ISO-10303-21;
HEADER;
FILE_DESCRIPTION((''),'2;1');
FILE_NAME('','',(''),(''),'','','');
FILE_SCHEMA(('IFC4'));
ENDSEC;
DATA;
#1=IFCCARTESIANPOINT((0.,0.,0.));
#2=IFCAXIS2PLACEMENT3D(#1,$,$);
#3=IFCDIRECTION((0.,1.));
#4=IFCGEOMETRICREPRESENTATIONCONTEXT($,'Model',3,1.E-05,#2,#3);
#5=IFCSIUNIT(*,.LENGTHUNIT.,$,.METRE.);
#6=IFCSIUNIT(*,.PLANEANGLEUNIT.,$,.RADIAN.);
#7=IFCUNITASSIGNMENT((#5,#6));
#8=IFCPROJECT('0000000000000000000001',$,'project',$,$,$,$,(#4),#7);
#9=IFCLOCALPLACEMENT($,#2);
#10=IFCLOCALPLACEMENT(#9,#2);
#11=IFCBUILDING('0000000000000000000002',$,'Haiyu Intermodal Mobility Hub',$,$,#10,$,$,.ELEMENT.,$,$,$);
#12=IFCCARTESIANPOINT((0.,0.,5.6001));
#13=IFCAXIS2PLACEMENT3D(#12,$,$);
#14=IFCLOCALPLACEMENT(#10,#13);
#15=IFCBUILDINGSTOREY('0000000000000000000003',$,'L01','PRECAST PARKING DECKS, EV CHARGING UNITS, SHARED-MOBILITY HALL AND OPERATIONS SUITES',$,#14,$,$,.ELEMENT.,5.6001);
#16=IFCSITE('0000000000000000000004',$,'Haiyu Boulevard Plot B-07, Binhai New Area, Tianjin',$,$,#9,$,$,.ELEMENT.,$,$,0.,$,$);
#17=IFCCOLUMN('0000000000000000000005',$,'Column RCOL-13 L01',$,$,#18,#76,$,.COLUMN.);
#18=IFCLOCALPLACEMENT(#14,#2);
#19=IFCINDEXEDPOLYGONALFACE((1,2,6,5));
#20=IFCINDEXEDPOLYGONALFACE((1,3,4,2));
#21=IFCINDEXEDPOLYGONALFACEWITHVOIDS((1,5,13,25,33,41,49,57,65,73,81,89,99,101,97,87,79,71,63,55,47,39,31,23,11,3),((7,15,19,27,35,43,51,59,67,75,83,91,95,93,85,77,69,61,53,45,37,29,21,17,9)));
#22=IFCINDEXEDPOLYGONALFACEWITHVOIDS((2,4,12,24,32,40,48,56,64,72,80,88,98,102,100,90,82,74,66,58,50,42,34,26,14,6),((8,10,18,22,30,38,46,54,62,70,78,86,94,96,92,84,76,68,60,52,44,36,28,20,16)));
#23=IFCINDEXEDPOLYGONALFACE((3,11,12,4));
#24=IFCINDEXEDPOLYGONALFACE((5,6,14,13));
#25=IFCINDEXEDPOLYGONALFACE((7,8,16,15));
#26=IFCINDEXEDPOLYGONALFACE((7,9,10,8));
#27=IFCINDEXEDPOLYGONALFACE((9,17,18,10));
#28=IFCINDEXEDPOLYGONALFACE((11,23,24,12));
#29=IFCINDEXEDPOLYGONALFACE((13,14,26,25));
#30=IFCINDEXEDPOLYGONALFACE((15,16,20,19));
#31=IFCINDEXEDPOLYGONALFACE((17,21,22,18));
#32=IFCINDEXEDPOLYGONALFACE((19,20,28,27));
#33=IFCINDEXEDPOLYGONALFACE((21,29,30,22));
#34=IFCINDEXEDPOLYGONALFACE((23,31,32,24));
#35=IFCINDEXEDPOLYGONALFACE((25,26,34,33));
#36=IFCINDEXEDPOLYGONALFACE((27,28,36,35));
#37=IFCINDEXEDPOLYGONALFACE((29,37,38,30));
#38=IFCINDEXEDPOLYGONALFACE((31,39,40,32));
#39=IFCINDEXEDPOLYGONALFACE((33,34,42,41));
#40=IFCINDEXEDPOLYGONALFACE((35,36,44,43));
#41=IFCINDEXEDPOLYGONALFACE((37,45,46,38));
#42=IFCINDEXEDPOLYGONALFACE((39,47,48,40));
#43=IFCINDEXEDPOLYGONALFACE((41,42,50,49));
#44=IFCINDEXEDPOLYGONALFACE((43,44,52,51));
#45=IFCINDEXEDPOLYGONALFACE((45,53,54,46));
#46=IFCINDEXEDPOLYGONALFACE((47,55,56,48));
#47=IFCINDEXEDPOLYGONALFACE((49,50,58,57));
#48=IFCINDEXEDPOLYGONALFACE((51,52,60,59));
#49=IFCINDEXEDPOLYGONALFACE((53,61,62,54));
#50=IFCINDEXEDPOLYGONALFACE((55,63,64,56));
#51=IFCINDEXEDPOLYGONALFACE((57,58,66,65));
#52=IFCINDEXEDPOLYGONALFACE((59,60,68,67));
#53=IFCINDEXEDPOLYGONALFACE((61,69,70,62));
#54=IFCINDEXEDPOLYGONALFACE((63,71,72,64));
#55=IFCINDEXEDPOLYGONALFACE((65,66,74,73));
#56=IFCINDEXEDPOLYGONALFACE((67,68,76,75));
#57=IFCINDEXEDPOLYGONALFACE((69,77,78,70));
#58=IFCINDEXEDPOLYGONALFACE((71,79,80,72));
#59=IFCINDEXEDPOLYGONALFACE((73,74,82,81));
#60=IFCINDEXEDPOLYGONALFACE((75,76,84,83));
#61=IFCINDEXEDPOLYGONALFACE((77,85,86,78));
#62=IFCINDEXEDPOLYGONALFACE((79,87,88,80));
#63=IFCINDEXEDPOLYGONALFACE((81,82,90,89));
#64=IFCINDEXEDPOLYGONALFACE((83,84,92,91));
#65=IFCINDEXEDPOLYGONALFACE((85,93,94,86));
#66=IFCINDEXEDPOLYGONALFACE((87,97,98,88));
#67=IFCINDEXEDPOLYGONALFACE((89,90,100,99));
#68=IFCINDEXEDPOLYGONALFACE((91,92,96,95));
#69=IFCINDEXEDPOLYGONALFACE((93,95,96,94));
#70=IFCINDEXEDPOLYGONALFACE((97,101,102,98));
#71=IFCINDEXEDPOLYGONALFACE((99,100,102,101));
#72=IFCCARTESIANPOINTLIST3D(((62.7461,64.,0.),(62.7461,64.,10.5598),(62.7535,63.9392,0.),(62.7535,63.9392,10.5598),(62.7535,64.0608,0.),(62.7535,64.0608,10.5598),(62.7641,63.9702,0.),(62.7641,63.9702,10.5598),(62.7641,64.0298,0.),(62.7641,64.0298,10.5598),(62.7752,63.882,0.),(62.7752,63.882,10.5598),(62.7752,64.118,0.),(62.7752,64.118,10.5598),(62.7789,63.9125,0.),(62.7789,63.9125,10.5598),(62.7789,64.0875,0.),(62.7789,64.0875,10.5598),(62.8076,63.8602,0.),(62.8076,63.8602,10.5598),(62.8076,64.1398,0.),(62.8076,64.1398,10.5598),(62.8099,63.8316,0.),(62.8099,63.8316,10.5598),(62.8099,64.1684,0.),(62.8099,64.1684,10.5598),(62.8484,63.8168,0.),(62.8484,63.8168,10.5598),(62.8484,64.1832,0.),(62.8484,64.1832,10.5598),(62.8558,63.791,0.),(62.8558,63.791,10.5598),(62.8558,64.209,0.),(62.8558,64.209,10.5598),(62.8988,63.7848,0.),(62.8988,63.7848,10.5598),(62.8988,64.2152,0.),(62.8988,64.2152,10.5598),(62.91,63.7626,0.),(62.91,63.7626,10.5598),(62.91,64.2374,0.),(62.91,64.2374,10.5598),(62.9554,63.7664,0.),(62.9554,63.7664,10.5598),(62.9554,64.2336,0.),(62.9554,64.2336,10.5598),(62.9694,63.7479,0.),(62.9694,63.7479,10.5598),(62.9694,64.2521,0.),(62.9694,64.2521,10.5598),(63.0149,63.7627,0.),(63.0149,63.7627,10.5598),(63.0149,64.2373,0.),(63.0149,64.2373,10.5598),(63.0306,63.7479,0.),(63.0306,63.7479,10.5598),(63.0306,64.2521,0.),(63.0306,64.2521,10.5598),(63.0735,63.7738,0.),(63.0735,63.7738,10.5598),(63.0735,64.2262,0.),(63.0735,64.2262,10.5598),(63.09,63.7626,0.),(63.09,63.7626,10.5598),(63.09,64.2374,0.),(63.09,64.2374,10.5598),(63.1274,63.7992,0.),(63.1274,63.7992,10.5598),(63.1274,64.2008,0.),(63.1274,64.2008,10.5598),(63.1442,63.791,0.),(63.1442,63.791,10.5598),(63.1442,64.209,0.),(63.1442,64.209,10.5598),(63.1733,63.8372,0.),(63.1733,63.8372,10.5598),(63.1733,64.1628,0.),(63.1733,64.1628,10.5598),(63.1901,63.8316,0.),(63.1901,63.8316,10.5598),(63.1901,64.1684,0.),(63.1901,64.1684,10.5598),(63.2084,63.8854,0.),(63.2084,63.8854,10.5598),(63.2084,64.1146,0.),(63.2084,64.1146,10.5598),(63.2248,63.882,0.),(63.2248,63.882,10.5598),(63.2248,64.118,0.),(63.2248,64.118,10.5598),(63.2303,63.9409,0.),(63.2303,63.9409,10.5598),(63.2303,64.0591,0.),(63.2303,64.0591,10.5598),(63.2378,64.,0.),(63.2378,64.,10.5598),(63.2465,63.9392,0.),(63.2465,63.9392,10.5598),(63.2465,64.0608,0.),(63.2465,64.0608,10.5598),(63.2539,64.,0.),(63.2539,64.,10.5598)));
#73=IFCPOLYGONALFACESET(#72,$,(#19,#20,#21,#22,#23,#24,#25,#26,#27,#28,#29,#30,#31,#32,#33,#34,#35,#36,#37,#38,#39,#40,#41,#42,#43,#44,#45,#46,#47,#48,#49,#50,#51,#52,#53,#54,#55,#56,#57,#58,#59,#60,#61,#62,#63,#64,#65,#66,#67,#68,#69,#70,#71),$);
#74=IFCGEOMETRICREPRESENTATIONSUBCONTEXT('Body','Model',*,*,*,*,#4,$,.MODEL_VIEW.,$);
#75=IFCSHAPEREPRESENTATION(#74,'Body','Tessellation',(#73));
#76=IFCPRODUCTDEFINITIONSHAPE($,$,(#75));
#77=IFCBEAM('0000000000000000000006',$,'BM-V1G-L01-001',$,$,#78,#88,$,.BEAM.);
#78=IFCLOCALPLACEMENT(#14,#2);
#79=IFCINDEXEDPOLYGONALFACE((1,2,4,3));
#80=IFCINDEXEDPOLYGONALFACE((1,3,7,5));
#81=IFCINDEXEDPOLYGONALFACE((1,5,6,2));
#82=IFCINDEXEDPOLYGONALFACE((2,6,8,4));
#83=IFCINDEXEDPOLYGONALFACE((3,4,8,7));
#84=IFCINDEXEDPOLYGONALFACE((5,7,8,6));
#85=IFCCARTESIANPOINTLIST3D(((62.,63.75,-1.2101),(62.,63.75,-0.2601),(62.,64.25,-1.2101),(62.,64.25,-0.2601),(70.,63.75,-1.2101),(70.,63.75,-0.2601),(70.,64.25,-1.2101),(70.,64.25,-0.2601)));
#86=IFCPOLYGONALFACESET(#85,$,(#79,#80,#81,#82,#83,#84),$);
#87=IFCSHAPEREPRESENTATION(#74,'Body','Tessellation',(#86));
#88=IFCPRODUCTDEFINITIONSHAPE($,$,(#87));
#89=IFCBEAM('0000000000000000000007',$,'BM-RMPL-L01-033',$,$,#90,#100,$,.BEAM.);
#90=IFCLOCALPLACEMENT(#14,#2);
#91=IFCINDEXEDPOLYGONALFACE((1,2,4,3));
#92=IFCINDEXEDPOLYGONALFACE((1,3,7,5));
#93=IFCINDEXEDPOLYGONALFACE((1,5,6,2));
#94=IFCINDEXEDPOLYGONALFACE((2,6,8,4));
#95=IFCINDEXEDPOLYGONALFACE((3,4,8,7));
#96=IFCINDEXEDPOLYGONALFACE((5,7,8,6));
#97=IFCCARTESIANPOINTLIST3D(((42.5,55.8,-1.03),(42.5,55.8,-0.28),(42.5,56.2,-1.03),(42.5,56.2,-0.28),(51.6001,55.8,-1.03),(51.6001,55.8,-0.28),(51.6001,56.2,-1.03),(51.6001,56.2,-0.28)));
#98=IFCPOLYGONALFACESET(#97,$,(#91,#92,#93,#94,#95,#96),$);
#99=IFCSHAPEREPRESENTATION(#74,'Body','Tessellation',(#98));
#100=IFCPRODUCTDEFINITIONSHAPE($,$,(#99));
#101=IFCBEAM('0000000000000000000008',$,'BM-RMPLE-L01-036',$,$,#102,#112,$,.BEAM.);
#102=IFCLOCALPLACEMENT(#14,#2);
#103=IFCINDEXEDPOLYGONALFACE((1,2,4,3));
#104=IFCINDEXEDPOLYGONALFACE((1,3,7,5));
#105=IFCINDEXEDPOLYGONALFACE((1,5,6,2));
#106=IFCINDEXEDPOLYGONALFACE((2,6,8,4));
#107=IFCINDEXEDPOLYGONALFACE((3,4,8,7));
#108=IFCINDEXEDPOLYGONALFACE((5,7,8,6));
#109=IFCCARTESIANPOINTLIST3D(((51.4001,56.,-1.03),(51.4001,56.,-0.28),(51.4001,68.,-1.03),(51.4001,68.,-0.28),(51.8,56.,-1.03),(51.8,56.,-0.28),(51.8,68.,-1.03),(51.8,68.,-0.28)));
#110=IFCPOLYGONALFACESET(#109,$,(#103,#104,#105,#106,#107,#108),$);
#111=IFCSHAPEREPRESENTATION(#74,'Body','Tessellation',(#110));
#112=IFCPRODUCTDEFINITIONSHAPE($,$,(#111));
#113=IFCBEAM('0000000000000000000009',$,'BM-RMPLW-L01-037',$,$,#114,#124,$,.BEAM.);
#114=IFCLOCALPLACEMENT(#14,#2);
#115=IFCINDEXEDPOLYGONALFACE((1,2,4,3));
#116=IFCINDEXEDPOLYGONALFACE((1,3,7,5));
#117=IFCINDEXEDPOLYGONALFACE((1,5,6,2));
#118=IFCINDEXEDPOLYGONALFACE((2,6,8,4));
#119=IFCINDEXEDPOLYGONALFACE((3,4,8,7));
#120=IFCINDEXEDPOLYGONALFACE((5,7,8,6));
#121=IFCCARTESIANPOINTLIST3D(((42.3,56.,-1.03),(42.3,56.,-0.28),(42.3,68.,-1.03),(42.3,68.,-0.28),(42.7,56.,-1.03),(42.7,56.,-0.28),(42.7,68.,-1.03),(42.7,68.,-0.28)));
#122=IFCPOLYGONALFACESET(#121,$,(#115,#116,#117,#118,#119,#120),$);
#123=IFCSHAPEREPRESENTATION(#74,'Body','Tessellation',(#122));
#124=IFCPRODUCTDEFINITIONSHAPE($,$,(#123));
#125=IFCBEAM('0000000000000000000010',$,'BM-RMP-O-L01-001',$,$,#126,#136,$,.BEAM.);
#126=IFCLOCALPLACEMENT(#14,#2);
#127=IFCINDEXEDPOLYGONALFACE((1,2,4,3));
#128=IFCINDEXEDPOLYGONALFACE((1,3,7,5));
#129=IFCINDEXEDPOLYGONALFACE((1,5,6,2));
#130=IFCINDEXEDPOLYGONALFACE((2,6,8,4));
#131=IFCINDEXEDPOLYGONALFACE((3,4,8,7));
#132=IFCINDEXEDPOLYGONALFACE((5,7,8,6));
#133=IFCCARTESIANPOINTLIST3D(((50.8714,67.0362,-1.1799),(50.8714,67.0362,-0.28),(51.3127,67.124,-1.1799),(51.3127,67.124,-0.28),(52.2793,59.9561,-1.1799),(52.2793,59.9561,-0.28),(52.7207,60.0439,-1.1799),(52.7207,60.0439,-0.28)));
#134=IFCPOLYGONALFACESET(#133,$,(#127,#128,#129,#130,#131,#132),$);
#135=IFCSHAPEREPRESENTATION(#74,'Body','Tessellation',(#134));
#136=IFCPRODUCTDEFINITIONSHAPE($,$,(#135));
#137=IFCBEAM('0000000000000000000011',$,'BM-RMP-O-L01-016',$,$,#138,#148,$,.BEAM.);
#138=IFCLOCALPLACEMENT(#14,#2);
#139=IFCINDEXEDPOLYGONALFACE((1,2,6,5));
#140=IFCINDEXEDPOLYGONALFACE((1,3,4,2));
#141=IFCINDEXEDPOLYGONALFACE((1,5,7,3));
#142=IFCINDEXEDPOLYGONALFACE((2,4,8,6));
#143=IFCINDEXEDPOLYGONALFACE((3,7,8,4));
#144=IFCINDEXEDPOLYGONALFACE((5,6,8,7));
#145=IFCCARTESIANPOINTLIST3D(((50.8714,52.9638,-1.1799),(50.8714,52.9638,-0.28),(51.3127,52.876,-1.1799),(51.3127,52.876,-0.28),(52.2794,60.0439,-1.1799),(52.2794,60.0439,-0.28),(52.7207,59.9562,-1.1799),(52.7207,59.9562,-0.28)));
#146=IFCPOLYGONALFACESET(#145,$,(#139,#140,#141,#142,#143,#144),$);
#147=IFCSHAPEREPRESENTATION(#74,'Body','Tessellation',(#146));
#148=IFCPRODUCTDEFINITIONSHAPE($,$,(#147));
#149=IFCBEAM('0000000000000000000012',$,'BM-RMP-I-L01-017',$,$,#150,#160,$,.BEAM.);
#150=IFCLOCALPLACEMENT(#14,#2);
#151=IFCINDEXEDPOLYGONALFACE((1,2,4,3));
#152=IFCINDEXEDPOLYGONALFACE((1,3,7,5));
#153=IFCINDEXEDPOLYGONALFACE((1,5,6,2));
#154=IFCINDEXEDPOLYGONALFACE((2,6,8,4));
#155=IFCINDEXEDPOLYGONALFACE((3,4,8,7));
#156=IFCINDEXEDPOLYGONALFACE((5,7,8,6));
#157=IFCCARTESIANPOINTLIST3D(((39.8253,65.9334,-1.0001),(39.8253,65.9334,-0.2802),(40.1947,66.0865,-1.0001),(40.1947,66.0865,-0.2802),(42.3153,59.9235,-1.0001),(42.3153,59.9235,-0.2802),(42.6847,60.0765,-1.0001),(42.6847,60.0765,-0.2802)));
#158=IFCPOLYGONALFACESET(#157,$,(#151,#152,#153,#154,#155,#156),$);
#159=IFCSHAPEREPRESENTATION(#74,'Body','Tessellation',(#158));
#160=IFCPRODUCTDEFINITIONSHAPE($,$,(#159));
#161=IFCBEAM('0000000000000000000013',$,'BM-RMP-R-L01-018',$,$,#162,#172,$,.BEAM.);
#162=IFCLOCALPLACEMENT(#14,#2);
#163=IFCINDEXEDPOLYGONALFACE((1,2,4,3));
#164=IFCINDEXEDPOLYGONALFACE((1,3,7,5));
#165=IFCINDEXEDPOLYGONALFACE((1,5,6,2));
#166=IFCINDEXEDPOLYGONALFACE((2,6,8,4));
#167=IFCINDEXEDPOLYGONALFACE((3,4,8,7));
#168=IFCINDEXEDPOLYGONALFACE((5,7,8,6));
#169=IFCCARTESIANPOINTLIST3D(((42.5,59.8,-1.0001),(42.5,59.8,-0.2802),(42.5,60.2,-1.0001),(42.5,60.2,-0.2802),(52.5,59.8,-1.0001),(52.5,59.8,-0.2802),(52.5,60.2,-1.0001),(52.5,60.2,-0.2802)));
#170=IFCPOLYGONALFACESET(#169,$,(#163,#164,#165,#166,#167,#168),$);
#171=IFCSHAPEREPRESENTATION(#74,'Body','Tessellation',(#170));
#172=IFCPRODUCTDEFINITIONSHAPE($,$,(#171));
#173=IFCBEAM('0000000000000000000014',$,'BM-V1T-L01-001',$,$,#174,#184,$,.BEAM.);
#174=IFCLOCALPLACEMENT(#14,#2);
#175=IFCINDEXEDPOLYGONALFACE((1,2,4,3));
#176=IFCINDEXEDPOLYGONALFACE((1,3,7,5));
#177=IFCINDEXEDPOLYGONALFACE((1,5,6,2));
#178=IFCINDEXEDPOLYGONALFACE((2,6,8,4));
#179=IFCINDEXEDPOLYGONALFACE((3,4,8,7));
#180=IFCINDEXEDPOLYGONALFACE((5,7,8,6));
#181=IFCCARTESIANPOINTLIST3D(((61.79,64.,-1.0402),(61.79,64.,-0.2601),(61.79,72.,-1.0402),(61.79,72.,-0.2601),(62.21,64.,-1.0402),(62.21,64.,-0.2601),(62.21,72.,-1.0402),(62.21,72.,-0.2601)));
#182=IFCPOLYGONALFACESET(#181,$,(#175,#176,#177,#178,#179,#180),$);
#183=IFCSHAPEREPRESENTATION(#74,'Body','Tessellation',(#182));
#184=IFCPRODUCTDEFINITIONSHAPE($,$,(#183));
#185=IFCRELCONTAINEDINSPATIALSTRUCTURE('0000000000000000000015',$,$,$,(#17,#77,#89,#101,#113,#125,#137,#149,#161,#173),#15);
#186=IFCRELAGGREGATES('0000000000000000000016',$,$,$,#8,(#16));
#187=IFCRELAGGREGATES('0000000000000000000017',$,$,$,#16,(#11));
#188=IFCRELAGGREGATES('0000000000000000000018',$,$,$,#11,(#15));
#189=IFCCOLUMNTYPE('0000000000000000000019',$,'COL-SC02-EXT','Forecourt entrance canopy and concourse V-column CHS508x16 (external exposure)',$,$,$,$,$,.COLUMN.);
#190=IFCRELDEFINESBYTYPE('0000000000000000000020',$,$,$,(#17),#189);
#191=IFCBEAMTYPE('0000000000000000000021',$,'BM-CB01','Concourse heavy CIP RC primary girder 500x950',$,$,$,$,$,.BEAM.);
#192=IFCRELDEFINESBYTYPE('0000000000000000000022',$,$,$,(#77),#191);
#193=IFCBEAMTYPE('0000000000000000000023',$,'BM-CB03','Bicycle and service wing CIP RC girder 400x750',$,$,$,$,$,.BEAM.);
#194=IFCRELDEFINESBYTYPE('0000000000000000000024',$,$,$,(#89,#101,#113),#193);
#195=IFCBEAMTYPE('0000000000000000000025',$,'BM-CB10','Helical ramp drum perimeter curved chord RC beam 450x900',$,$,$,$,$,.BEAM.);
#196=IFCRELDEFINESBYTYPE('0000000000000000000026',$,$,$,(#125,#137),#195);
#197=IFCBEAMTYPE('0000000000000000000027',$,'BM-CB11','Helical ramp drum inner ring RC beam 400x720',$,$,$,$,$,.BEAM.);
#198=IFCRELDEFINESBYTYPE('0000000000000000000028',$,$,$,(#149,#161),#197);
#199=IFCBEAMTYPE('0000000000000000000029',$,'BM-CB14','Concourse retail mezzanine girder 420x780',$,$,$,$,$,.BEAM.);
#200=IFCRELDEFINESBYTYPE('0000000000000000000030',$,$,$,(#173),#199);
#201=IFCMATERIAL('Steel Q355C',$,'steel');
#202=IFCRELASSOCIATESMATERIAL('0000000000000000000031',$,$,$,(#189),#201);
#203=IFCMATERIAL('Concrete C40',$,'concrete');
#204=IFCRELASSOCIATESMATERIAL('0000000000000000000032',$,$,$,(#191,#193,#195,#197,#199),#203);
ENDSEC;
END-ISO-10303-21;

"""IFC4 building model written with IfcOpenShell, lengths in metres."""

from ifc_helpers import new_model, si_unit, direction, frame, origin, origin_2d, place, context, subcontext, project, spatial, rectangle, hollow_circle, extrude, material, material_profile, profile_set, type_object, element, save


model = new_model("IFC4")

# Units and contexts
model_context = context("Model", 3, precision=1e-05, world=origin(), true_north=direction((0.0, 1.0)))
body_context = subcontext(model_context, "Body", "Model", "MODEL_VIEW")
ifc_project = project(units=[si_unit("LENGTHUNIT", "METRE"), si_unit("PLANEANGLEUNIT", "RADIAN")], contexts=[model_context])

# Site, building, storey
site_placement = place(None, origin())
site = spatial("IfcSite", under=ifc_project, at=site_placement, Name="Haiyu Boulevard Plot B-07, Binhai New Area, Tianjin", CompositionType="ELEMENT", RefElevation=0.0)
building_placement = place(site_placement, origin())
building = spatial("IfcBuilding", under=site, at=building_placement, Name="Haiyu Intermodal Mobility Hub", CompositionType="ELEMENT")
storey_placement = place(building_placement, frame((0.0, 0.0, 5.6001)))
storey = spatial("IfcBuildingStorey", under=building, at=storey_placement, Name="L01", Description="PRECAST PARKING DECKS, EV CHARGING UNITS, SHARED-MOBILITY HALL AND OPERATIONS SUITES", CompositionType="ELEMENT", Elevation=5.6001)

# Column
ifc_material_1 = material(Name="Concrete C40", Category="concrete")
ifc_material_2 = material(Name="Steel Q355C", Category="steel")
ifc_material_profile_1 = material_profile(ifc_material_2, hollow_circle(Radius=0.2539, WallThickness=0.0161, at=origin_2d()), Name="CHS508x16")
ifc_profile_set_1 = profile_set([ifc_material_profile_1], Name="Steel Q355C")
column_type_1 = type_object("IfcColumnType", Name="COL-SC02-EXT", Description="Forecourt entrance canopy and concourse V-column CHS508x16 (external exposure)", PredefinedType="COLUMN", material=ifc_profile_set_1)
column_1_placement = place(storey_placement, frame((63.0, 64.0, 0.0), z_axis=(0.0, 0.0, 1.0), x_axis=(1.0, 0.0, 0.0)))
element("IfcColumn", 1, at=column_1_placement, inside=storey, type_object=column_type_1, Name="Column RCOL-13 L01", PredefinedType="COLUMN", context=body_context, shape_type="SweptSolid", body=[
    extrude(hollow_circle(Radius=0.2539, WallThickness=0.0161, at=origin_2d()), origin(), (0.0, 0.0, 1.0), 10.5598),
])

# Beams
ifc_material_profile_2 = material_profile(ifc_material_1, rectangle(XDim=0.5, YDim=0.95, at=origin_2d()), Name="RCB500x950")
ifc_profile_set_2 = profile_set([ifc_material_profile_2], Name="Concrete C40")
beam_type_1 = type_object("IfcBeamType", Name="BM-CB01", Description="Concourse heavy CIP RC primary girder 500x950", PredefinedType="BEAM", material=ifc_profile_set_2)
beam_1_placement = place(storey_placement, frame((62.0, 64.0, -0.7351), z_axis=(1.0, 0.0, 0.0), x_axis=(0.0, 1.0, 0.0)))
element("IfcBeam", 2, at=beam_1_placement, inside=storey, type_object=beam_type_1, Name="BM-V1G-L01-001", PredefinedType="BEAM", context=body_context, shape_type="SweptSolid", body=[
    extrude(rectangle(XDim=0.5, YDim=0.95, at=origin_2d()), origin(), (0.0, 0.0, 1.0), 8.0),
])
ifc_material_profile_3 = material_profile(ifc_material_1, rectangle(XDim=0.3999, YDim=0.75, at=origin_2d()), Name="RCB400x750")
ifc_profile_set_3 = profile_set([ifc_material_profile_3], Name="Concrete C40")
beam_type_2 = type_object("IfcBeamType", Name="BM-CB03", Description="Bicycle and service wing CIP RC girder 400x750", PredefinedType="BEAM", material=ifc_profile_set_3)
beam_2_placement = place(storey_placement, frame((42.5, 56.0, -0.655), z_axis=(1.0, 0.0, 0.0), x_axis=(0.0, 1.0, 0.0)))
element("IfcBeam", 3, at=beam_2_placement, inside=storey, type_object=beam_type_2, Name="BM-RMPL-L01-033", PredefinedType="BEAM", context=body_context, shape_type="SweptSolid", body=[
    extrude(rectangle(XDim=0.3999, YDim=0.75, at=origin_2d()), origin(), (0.0, 0.0, 1.0), 9.1001),
])
for number, where, z_axis, x_axis, name in (
    (4, (51.6001, 56.0, -0.655), (0.0, 1.0, 0.0), (-1.0, 0.0, 0.0), "BM-RMPLE-L01-036"),
    (5, (42.5, 56.0, -0.655), (0.0, 1.0, 0.0), (-1.0, 0.0, 0.0), "BM-RMPLW-L01-037"),
):
    element("IfcBeam", number, at=place(storey_placement, frame(where, z_axis=z_axis, x_axis=x_axis)), inside=storey, type_object=beam_type_2, Name=name, PredefinedType="BEAM", context=body_context, shape_type="SweptSolid", body=[
        extrude(rectangle(XDim=0.3999, YDim=0.75, at=origin_2d()), origin(), (0.0, 0.0, 1.0), 12.0),
    ])
ifc_material_profile_4 = material_profile(ifc_material_1, rectangle(XDim=0.45, YDim=0.8999, at=origin_2d()), Name="RCB450x900")
ifc_profile_set_4 = profile_set([ifc_material_profile_4], Name="Concrete C40")
beam_type_3 = type_object("IfcBeamType", Name="BM-CB10", Description="Helical ramp drum perimeter curved chord RC beam 450x900", PredefinedType="BEAM", material=ifc_profile_set_4)
for number, where, z_axis, x_axis, name in (
    (6, (52.5, 60.0, -0.73), (-0.195043, 0.980795, 0.0), (-0.980795, -0.195043, 0.0), "BM-RMP-O-L01-001"),
    (7, (51.092, 52.9199, -0.73), (0.195043, 0.980795, 0.0), (-0.980795, 0.195043, 0.0), "BM-RMP-O-L01-016"),
):
    element("IfcBeam", number, at=place(storey_placement, frame(where, z_axis=z_axis, x_axis=x_axis)), inside=storey, type_object=beam_type_3, Name=name, PredefinedType="BEAM", context=body_context, shape_type="SweptSolid", body=[
        extrude(rectangle(XDim=0.45, YDim=0.8999, at=origin_2d()), origin(), (0.0, 0.0, 1.0), 7.2188),
    ])
ifc_material_profile_5 = material_profile(ifc_material_1, rectangle(XDim=0.3999, YDim=0.72, at=origin_2d()), Name="RCB400x720")
ifc_profile_set_5 = profile_set([ifc_material_profile_5], Name="Concrete C40")
beam_type_4 = type_object("IfcBeamType", Name="BM-CB11", Description="Helical ramp drum inner ring RC beam 400x720", PredefinedType="BEAM", material=ifc_profile_set_5)
beam_3_placement = place(storey_placement, frame((42.5, 60.0, -0.6401), z_axis=(-0.382757, 0.923849, 0.0), x_axis=(-0.923849, -0.382757, 0.0)))
element("IfcBeam", 8, at=beam_3_placement, inside=storey, type_object=beam_type_4, Name="BM-RMP-I-L01-017", PredefinedType="BEAM", context=body_context, shape_type="SweptSolid", body=[
    extrude(rectangle(XDim=0.3999, YDim=0.72, at=origin_2d()), origin(), (0.0, 0.0, 1.0), 6.5054),
])
beam_4_placement = place(storey_placement, frame((42.5, 60.0, -0.6401), z_axis=(1.0, 0.0, 0.0), x_axis=(0.0, 1.0, 0.0)))
element("IfcBeam", 9, at=beam_4_placement, inside=storey, type_object=beam_type_4, Name="BM-RMP-R-L01-018", PredefinedType="BEAM", context=body_context, shape_type="SweptSolid", body=[
    extrude(rectangle(XDim=0.3999, YDim=0.72, at=origin_2d()), origin(), (0.0, 0.0, 1.0), 10.0),
])
ifc_material_profile_6 = material_profile(ifc_material_1, rectangle(XDim=0.4199, YDim=0.78, at=origin_2d()), Name="B420x780")
ifc_profile_set_6 = profile_set([ifc_material_profile_6], Name="Concrete C40")
beam_type_5 = type_object("IfcBeamType", Name="BM-CB14", Description="Concourse retail mezzanine girder 420x780", PredefinedType="BEAM", material=ifc_profile_set_6)
beam_5_placement = place(storey_placement, frame((62.0, 64.0, -0.6501), z_axis=(0.0, 1.0, 0.0), x_axis=(-1.0, 0.0, 0.0)))
element("IfcBeam", 10, at=beam_5_placement, inside=storey, type_object=beam_type_5, Name="BM-V1T-L01-001", PredefinedType="BEAM", context=body_context, shape_type="SweptSolid", body=[
    extrude(rectangle(XDim=0.4199, YDim=0.78, at=origin_2d()), origin(), (0.0, 0.0, 1.0), 8.0),
])

save(model, "model.ifc")
